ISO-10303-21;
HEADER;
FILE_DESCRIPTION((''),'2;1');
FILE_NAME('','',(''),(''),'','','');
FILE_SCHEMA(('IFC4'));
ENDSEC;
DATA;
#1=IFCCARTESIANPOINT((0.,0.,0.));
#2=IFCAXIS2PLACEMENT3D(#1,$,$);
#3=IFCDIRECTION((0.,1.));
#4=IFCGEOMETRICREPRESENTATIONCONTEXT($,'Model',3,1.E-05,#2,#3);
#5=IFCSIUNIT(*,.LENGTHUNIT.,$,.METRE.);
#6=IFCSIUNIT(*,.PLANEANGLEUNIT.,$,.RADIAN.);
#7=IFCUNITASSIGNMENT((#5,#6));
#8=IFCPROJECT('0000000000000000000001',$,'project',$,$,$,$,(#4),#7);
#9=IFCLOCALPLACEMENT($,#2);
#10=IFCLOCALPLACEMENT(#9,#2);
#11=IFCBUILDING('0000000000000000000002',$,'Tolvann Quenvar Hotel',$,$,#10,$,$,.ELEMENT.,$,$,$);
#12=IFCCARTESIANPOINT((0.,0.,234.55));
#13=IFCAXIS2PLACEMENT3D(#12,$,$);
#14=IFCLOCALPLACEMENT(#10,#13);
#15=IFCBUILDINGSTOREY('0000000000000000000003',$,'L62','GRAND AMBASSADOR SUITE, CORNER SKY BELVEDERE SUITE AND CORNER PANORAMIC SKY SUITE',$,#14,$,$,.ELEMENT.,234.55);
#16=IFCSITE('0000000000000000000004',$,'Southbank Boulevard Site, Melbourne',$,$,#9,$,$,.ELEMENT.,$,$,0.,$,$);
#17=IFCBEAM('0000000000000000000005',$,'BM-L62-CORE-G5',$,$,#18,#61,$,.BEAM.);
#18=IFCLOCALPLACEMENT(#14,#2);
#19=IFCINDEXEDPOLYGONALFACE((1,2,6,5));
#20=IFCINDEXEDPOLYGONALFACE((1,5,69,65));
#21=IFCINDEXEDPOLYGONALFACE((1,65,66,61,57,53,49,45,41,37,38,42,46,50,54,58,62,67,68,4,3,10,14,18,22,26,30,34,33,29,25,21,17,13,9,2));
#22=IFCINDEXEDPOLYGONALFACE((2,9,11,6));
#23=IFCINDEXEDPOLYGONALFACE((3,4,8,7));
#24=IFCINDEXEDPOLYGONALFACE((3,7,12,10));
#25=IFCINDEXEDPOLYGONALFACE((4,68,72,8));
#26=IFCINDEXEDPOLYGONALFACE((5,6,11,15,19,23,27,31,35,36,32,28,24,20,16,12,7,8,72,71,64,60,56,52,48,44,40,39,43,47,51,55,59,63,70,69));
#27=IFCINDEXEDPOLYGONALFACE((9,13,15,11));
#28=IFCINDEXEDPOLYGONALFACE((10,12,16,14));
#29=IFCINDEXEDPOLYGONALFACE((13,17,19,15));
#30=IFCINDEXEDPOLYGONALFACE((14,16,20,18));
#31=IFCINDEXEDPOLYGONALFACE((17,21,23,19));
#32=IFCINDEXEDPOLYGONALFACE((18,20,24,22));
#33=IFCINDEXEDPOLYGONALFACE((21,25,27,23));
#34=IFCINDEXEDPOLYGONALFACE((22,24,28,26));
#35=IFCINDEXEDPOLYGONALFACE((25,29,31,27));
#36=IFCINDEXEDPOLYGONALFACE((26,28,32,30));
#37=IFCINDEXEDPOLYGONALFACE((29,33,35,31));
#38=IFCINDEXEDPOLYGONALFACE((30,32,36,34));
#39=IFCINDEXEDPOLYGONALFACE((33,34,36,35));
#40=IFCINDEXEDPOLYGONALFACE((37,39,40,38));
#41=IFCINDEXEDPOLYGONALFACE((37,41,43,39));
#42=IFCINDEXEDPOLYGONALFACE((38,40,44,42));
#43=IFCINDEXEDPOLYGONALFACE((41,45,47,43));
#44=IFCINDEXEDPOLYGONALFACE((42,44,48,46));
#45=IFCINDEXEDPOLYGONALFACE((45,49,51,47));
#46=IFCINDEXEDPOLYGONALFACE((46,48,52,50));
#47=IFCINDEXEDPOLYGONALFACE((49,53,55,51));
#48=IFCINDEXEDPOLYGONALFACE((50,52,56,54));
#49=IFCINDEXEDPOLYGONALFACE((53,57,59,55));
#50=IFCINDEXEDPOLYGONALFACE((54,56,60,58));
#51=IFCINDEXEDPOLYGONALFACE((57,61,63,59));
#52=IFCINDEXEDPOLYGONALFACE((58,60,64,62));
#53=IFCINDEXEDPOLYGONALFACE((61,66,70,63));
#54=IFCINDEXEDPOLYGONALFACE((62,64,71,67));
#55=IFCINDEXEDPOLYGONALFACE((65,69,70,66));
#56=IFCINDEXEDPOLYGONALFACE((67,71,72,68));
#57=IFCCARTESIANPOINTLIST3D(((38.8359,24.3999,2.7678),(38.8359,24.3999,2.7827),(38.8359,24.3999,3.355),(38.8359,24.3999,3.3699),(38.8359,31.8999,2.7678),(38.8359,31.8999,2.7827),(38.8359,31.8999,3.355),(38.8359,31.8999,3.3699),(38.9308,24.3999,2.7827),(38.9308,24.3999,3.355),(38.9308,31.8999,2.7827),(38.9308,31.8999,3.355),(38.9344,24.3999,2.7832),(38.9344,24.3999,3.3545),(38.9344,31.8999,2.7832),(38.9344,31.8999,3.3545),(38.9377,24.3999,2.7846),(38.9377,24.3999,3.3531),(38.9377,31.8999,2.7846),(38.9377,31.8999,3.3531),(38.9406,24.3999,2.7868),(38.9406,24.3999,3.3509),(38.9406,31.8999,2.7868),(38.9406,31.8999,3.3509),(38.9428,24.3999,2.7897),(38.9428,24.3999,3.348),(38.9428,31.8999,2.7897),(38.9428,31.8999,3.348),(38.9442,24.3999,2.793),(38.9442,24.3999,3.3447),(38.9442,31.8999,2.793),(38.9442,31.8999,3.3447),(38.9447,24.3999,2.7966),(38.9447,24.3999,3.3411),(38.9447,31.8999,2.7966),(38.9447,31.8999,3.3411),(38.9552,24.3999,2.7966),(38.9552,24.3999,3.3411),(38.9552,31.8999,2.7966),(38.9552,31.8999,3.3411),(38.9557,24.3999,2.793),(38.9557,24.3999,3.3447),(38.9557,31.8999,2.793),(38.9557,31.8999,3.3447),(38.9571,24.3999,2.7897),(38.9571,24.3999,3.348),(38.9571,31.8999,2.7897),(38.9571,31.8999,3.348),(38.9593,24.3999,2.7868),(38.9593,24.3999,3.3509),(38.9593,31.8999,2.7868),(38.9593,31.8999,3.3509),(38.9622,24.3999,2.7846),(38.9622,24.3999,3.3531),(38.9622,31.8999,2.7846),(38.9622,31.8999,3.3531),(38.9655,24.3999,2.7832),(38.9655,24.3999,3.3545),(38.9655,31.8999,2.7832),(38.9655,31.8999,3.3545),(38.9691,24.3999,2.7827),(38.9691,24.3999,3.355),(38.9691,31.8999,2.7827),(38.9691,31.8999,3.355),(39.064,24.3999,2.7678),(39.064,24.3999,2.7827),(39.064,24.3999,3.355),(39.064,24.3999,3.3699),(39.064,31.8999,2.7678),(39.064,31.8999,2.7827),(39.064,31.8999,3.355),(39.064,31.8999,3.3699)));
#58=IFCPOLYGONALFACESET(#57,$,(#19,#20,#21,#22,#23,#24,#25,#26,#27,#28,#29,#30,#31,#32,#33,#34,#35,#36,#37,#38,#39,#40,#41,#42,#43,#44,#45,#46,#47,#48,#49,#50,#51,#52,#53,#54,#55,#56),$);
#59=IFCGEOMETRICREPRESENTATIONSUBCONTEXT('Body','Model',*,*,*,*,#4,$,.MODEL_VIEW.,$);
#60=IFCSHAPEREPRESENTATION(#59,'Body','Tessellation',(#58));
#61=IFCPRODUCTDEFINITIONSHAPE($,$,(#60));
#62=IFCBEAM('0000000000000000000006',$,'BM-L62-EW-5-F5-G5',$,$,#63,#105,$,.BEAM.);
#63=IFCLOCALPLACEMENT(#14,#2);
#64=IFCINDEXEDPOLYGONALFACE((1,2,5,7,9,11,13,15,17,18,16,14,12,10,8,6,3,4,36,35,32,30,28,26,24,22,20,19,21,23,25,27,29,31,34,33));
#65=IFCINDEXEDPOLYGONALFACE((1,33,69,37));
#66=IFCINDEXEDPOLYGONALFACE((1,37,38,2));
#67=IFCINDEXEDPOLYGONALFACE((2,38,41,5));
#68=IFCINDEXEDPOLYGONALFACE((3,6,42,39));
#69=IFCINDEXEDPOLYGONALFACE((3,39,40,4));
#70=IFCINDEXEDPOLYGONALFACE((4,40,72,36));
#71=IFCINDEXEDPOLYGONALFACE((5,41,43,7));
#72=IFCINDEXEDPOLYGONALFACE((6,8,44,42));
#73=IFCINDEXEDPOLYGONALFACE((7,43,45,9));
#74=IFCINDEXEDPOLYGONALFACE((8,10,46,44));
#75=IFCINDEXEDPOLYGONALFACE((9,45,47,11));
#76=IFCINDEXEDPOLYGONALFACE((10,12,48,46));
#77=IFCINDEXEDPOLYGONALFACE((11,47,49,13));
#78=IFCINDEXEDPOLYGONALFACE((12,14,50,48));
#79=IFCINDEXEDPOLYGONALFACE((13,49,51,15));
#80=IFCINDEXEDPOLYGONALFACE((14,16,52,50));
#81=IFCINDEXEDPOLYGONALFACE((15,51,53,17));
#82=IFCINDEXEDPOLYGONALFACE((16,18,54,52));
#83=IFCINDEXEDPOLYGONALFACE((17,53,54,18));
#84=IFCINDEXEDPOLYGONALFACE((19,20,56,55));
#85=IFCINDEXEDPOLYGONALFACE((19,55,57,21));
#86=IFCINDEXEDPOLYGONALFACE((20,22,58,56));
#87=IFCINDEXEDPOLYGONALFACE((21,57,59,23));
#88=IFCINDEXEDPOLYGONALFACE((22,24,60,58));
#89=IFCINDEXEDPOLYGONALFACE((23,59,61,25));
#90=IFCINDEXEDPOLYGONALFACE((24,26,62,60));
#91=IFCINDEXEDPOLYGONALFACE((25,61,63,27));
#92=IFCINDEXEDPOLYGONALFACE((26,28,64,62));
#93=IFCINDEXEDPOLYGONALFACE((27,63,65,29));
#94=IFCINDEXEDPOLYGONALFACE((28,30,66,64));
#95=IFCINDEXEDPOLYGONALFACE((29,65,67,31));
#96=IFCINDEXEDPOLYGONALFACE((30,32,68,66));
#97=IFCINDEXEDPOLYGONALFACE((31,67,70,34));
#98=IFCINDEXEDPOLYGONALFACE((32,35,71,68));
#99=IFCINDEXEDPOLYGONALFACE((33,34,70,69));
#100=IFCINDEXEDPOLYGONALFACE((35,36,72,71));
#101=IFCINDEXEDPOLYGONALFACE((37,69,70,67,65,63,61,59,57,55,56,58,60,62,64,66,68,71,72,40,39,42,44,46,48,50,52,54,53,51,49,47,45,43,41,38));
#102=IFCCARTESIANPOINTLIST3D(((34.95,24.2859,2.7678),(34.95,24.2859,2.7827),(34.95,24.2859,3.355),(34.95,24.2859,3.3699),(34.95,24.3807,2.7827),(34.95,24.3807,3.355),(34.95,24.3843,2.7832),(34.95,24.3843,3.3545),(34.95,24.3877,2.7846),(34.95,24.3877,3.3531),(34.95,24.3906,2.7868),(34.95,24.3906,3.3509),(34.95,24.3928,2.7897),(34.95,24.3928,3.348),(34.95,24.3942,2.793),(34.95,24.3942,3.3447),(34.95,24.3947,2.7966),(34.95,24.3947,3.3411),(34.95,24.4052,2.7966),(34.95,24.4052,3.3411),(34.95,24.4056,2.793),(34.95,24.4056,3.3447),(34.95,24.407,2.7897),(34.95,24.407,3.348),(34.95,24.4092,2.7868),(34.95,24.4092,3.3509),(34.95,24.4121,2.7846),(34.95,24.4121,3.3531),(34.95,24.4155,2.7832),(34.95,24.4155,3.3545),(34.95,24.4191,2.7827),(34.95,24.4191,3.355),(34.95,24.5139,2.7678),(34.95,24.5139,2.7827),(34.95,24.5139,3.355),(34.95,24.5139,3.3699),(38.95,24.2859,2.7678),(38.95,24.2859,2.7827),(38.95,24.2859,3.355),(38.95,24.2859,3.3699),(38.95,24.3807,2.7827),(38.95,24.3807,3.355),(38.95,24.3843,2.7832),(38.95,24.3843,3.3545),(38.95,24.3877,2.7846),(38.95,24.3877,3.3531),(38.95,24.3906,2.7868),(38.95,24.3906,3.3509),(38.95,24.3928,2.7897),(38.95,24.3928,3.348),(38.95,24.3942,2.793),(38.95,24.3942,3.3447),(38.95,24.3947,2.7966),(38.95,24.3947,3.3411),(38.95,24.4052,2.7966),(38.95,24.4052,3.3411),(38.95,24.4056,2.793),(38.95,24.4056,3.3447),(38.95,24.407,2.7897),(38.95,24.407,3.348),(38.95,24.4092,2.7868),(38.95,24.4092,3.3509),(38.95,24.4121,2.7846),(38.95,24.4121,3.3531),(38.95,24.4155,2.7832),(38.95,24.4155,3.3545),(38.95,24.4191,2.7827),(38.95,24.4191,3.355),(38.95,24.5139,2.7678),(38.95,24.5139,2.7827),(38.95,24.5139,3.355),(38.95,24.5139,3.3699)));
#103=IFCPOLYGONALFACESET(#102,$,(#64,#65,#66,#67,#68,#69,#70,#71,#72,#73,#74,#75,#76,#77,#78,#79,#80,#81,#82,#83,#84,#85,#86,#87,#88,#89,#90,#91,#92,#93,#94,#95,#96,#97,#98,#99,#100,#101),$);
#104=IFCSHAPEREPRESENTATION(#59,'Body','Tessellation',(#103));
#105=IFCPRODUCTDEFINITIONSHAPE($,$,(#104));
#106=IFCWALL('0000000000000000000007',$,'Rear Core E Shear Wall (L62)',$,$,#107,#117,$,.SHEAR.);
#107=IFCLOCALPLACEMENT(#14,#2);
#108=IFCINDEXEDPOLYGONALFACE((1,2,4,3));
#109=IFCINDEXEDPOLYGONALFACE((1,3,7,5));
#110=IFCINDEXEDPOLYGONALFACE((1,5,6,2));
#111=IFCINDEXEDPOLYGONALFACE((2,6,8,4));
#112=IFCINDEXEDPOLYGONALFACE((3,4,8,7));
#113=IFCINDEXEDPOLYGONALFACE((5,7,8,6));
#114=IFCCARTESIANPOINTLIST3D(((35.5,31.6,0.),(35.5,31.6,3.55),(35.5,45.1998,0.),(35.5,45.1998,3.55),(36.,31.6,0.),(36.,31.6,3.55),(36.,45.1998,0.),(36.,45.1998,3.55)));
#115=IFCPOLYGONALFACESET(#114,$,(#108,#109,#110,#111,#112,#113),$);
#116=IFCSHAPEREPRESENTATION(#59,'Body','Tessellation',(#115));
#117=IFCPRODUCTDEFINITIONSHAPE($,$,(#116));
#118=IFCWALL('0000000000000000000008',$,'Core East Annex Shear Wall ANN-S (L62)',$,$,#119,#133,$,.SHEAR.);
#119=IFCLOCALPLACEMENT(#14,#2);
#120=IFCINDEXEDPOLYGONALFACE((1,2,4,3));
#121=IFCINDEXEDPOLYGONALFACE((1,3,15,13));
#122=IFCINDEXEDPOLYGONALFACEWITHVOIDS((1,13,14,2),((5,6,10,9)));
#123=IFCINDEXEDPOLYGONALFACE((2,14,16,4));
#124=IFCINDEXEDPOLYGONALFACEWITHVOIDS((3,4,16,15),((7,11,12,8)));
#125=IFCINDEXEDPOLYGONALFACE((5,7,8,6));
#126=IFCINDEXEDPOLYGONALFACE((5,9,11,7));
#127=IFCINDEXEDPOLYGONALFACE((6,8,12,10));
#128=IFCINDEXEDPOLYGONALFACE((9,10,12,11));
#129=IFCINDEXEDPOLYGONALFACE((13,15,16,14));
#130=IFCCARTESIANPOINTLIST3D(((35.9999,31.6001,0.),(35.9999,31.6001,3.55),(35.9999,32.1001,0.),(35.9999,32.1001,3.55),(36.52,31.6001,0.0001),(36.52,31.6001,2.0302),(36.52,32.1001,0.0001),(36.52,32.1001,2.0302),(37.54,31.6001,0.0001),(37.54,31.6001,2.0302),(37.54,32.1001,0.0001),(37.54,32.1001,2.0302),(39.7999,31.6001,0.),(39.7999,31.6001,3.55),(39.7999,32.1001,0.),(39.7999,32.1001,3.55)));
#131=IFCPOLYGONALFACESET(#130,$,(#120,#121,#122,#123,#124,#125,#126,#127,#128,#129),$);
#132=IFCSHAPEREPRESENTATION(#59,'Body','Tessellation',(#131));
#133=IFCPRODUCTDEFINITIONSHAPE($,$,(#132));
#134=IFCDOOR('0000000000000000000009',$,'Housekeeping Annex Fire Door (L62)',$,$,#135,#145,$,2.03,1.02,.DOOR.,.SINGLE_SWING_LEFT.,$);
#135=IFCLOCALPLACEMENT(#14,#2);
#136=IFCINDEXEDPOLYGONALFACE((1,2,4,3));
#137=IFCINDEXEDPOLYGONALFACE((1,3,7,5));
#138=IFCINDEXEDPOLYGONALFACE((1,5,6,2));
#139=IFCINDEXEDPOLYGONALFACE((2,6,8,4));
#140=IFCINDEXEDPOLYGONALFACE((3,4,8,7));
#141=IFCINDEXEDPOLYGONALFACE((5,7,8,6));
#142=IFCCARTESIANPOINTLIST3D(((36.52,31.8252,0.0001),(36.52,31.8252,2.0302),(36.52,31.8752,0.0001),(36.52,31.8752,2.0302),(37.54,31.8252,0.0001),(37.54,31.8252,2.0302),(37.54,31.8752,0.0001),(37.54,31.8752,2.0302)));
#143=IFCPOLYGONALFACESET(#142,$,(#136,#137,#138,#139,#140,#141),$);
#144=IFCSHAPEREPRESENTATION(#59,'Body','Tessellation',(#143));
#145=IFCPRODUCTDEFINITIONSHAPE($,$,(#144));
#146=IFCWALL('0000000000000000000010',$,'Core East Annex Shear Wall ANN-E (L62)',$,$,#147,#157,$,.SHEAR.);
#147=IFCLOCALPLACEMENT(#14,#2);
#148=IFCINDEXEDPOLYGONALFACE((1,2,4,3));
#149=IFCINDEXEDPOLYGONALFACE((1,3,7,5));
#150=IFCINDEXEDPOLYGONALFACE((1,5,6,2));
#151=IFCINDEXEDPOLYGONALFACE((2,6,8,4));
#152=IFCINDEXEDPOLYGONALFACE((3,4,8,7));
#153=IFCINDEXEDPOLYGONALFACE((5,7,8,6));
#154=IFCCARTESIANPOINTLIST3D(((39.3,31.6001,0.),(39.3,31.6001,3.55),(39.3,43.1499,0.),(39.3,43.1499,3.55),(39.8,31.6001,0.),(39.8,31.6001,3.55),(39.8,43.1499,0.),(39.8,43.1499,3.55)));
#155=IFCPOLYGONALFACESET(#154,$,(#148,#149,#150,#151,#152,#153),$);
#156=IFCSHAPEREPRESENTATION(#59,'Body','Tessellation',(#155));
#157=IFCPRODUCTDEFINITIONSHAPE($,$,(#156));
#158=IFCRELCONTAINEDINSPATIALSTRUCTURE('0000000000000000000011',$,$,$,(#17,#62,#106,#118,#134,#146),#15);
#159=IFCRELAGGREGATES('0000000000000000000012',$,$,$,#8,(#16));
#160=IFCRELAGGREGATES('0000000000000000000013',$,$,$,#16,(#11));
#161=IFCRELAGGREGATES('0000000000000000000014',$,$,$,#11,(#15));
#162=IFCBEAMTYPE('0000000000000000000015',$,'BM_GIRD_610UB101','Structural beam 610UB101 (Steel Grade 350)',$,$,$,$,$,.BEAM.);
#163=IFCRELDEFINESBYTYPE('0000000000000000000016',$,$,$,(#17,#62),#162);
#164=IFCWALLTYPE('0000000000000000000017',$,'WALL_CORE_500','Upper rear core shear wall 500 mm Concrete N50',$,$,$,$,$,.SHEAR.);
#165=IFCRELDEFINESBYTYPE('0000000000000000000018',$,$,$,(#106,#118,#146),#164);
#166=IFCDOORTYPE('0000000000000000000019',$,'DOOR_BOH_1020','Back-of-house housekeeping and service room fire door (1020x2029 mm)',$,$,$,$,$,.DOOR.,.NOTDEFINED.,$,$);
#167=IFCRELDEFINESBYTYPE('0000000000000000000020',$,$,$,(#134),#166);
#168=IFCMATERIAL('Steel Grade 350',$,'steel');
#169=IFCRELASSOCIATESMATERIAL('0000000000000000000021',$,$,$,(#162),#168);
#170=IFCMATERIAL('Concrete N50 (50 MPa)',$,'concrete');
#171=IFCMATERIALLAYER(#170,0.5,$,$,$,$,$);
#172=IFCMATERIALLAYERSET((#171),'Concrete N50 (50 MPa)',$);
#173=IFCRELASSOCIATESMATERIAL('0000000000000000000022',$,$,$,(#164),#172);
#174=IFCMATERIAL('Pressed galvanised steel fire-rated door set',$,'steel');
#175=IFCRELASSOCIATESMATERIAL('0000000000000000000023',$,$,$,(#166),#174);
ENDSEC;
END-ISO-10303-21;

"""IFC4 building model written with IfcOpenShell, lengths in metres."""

from ifc_helpers import new_model, si_unit, direction, frame, frame_2d, origin, origin_2d, place, context, subcontext, project, spatial, rectangle, i_section, extrude, source, transform, mapped, material, layer, layer_set, material_profile, profile_set, type_object, type_shapes, element, fill, save


model = new_model("IFC4")

# Units and contexts
model_context = context("Model", 3, precision=1e-05, world=origin(), true_north=direction((0.0, 1.0)))
body_context = subcontext(model_context, "Body", "Model", "MODEL_VIEW")
ifc_project = project(units=[si_unit("LENGTHUNIT", "METRE"), si_unit("PLANEANGLEUNIT", "RADIAN")], contexts=[model_context])

# Site, building, storey
site_placement = place(None, origin())
site = spatial("IfcSite", under=ifc_project, at=site_placement, Name="Southbank Boulevard Site, Melbourne", CompositionType="ELEMENT", RefElevation=0.0)
building_placement = place(site_placement, origin())
building = spatial("IfcBuilding", under=site, at=building_placement, Name="Tolvann Quenvar Hotel", CompositionType="ELEMENT")
storey_placement = place(building_placement, frame((0.0, 0.0, 234.55)))
storey = spatial("IfcBuildingStorey", under=building, at=storey_placement, Name="L62", Description="GRAND AMBASSADOR SUITE, CORNER SKY BELVEDERE SUITE AND CORNER PANORAMIC SKY SUITE", CompositionType="ELEMENT", Elevation=234.55)

# Shared definitions
ifc_material_1 = material(Name="Concrete N50 (50 MPa)", Category="concrete")
ifc_material_2 = material(Name="Steel Grade 350", Category="steel")

# Beams
ifc_material_profile_1 = material_profile(ifc_material_2, i_section(OverallWidth=0.228, OverallDepth=0.6021, WebThickness=0.0105, FlangeThickness=0.0149, FilletRadius=0.0139, at=origin_2d()), Name="610UB101")
ifc_profile_set_1 = profile_set([ifc_material_profile_1], Name="Steel Grade 350")
beam_type_1 = type_object("IfcBeamType", Name="BM_GIRD_610UB101", Description="Structural beam 610UB101 (Steel Grade 350)", PredefinedType="BEAM", material=ifc_profile_set_1)
shared_shape_1 = source(origin(), body_context, "Body", "SweptSolid", [
    extrude(i_section(OverallWidth=0.228, OverallDepth=0.6021, WebThickness=0.0105, FlangeThickness=0.0149, FilletRadius=0.0139, at=origin_2d()), origin(), (0.0, 0.0, 1.0), 7.5),
])
for number, where, z_axis, x_axis, name in (
    (1, (38.95, 24.3999, 3.0688), (0.0, 1.0, 0.0), (-1.0, 0.0, 0.0), "BM-L62-CORE-G5"),
):
    element("IfcBeam", number, at=place(storey_placement, frame(where, z_axis=z_axis, x_axis=x_axis)), inside=storey, type_object=beam_type_1, Name=name, PredefinedType="BEAM", context=body_context, shape_type="MappedRepresentation", body=[
        mapped(shared_shape_1, transform((0.0, 0.0, 0.0), x_axis=(1.0, 0.0, 0.0), y_axis=(0.0, 1.0, 0.0), z_axis=(0.0, 0.0, 1.0), scale=1.0)),
    ])
shared_shape_2 = source(origin(), body_context, "Body", "SweptSolid", [
    extrude(i_section(OverallWidth=0.228, OverallDepth=0.6021, WebThickness=0.0105, FlangeThickness=0.0149, FilletRadius=0.0139, at=origin_2d()), origin(), (0.0, 0.0, 1.0), 4.0),
])
type_shapes(beam_type_1, [shared_shape_1, shared_shape_2])
beam_1_placement = place(storey_placement, frame((34.95, 24.3999, 3.0688), z_axis=(1.0, 0.0, 0.0), x_axis=(0.0, 1.0, 0.0)))
element("IfcBeam", 2, at=beam_1_placement, inside=storey, type_object=beam_type_1, Name="BM-L62-EW-5-F5-G5", PredefinedType="BEAM", context=body_context, shape_type="MappedRepresentation", body=[
    mapped(shared_shape_2, transform((0.0, 0.0, 0.0), x_axis=(1.0, 0.0, 0.0), y_axis=(0.0, 1.0, 0.0), z_axis=(0.0, 0.0, 1.0), scale=1.0)),
])

# Wall
ifc_layer_1 = layer(ifc_material_1, 0.5)
ifc_layer_set_1 = layer_set([ifc_layer_1], Name="Concrete N50 (50 MPa)")
wall_type_1 = type_object("IfcWallType", Name="WALL_CORE_500", Description="Upper rear core shear wall 500 mm Concrete N50", PredefinedType="SHEAR", material=ifc_layer_set_1)
wall_1_placement = place(storey_placement, frame((35.75, 31.6001, 0.0), z_axis=(0.0, 0.0, 1.0), x_axis=(0.0, 1.0, 0.0)))
element("IfcWall", 3, at=wall_1_placement, inside=storey, type_object=wall_type_1, Name="Rear Core E Shear Wall (L62)", PredefinedType="SHEAR", context=body_context, shape_type="SweptSolid", body=[
    extrude(rectangle(XDim=13.5999, YDim=0.5, at=frame_2d((6.7998, 0.0))), origin(), (0.0, 0.0, 1.0), 3.55),
])

# Wall, opening, door
wall_2_placement = place(storey_placement, frame((36.0, 31.8501, 0.0), z_axis=(0.0, 0.0, 1.0), x_axis=(1.0, 0.0, 0.0)))
wall_2 = element("IfcWall", 4, at=wall_2_placement, inside=storey, type_object=wall_type_1, Name="Core East Annex Shear Wall ANN-S (L62)", PredefinedType="SHEAR", context=body_context, shape_type="SweptSolid", body=[
    extrude(rectangle(XDim=3.8, YDim=0.5, at=frame_2d((1.8999, 0.0))), origin(), (0.0, 0.0, 1.0), 3.55),
])
opening_1_placement = place(wall_2_placement, frame((1.54, 0.0, 0.0), z_axis=(0.0, 0.0, 1.0), x_axis=(-1.0, 0.0, 0.0)))
opening_1 = element("IfcOpeningElement", 5, at=opening_1_placement, cuts=wall_2, PredefinedType="OPENING", context=body_context, shape_type="SweptSolid", body=[
    extrude(rectangle(XDim=1.02, YDim=2.03, at=frame_2d((0.51, 1.0151))), frame((0.0, 0.26, 0.0), z_axis=(0.0, -1.0, 0.0), x_axis=(1.0, 0.0, 0.0)), (0.0, 0.0, 1.0), 0.52),
])
ifc_material_3 = material(Name="Pressed galvanised steel fire-rated door set", Category="steel")
door_type_1 = type_object("IfcDoorType", Name="DOOR_BOH_1020", Description="Back-of-house housekeeping and service room fire door (1020x2029 mm)", OperationType="NOTDEFINED", PredefinedType="DOOR", material=ifc_material_3)
shared_shape_3 = source(origin(), body_context, "Body", "SweptSolid", [
    extrude(rectangle(XDim=1.02, YDim=2.03, at=frame_2d((0.51, 1.0151))), frame((0.0, 0.0249, 0.0), z_axis=(0.0, -1.0, 0.0), x_axis=(1.0, 0.0, 0.0)), (0.0, 0.0, 1.0), 0.05),
])
type_shapes(door_type_1, [shared_shape_3])
door_1_placement = place(opening_1_placement, origin())
door_1 = element("IfcDoor", 6, at=door_1_placement, inside=storey, type_object=door_type_1, Name="Housekeeping Annex Fire Door (L62)", OperationType="SINGLE_SWING_LEFT", OverallHeight=2.03, OverallWidth=1.02, PredefinedType="DOOR", context=body_context, shape_type="MappedRepresentation", body=[
    mapped(shared_shape_3, transform((0.0, 0.0, 0.0), x_axis=(1.0, 0.0, 0.0), y_axis=(0.0, 1.0, 0.0), z_axis=(0.0, 0.0, 1.0), scale=1.0)),
])
fill(opening_1, door_1)

# Wall
wall_3_placement = place(storey_placement, frame((39.55, 31.6001, 0.0), z_axis=(0.0, 0.0, 1.0), x_axis=(0.0, 1.0, 0.0)))
element("IfcWall", 7, at=wall_3_placement, inside=storey, type_object=wall_type_1, Name="Core East Annex Shear Wall ANN-E (L62)", PredefinedType="SHEAR", context=body_context, shape_type="SweptSolid", body=[
    extrude(rectangle(XDim=11.5498, YDim=0.5, at=frame_2d((5.7749, 0.0))), origin(), (0.0, 0.0, 1.0), 3.55),
])

save(model, "model.ifc")
